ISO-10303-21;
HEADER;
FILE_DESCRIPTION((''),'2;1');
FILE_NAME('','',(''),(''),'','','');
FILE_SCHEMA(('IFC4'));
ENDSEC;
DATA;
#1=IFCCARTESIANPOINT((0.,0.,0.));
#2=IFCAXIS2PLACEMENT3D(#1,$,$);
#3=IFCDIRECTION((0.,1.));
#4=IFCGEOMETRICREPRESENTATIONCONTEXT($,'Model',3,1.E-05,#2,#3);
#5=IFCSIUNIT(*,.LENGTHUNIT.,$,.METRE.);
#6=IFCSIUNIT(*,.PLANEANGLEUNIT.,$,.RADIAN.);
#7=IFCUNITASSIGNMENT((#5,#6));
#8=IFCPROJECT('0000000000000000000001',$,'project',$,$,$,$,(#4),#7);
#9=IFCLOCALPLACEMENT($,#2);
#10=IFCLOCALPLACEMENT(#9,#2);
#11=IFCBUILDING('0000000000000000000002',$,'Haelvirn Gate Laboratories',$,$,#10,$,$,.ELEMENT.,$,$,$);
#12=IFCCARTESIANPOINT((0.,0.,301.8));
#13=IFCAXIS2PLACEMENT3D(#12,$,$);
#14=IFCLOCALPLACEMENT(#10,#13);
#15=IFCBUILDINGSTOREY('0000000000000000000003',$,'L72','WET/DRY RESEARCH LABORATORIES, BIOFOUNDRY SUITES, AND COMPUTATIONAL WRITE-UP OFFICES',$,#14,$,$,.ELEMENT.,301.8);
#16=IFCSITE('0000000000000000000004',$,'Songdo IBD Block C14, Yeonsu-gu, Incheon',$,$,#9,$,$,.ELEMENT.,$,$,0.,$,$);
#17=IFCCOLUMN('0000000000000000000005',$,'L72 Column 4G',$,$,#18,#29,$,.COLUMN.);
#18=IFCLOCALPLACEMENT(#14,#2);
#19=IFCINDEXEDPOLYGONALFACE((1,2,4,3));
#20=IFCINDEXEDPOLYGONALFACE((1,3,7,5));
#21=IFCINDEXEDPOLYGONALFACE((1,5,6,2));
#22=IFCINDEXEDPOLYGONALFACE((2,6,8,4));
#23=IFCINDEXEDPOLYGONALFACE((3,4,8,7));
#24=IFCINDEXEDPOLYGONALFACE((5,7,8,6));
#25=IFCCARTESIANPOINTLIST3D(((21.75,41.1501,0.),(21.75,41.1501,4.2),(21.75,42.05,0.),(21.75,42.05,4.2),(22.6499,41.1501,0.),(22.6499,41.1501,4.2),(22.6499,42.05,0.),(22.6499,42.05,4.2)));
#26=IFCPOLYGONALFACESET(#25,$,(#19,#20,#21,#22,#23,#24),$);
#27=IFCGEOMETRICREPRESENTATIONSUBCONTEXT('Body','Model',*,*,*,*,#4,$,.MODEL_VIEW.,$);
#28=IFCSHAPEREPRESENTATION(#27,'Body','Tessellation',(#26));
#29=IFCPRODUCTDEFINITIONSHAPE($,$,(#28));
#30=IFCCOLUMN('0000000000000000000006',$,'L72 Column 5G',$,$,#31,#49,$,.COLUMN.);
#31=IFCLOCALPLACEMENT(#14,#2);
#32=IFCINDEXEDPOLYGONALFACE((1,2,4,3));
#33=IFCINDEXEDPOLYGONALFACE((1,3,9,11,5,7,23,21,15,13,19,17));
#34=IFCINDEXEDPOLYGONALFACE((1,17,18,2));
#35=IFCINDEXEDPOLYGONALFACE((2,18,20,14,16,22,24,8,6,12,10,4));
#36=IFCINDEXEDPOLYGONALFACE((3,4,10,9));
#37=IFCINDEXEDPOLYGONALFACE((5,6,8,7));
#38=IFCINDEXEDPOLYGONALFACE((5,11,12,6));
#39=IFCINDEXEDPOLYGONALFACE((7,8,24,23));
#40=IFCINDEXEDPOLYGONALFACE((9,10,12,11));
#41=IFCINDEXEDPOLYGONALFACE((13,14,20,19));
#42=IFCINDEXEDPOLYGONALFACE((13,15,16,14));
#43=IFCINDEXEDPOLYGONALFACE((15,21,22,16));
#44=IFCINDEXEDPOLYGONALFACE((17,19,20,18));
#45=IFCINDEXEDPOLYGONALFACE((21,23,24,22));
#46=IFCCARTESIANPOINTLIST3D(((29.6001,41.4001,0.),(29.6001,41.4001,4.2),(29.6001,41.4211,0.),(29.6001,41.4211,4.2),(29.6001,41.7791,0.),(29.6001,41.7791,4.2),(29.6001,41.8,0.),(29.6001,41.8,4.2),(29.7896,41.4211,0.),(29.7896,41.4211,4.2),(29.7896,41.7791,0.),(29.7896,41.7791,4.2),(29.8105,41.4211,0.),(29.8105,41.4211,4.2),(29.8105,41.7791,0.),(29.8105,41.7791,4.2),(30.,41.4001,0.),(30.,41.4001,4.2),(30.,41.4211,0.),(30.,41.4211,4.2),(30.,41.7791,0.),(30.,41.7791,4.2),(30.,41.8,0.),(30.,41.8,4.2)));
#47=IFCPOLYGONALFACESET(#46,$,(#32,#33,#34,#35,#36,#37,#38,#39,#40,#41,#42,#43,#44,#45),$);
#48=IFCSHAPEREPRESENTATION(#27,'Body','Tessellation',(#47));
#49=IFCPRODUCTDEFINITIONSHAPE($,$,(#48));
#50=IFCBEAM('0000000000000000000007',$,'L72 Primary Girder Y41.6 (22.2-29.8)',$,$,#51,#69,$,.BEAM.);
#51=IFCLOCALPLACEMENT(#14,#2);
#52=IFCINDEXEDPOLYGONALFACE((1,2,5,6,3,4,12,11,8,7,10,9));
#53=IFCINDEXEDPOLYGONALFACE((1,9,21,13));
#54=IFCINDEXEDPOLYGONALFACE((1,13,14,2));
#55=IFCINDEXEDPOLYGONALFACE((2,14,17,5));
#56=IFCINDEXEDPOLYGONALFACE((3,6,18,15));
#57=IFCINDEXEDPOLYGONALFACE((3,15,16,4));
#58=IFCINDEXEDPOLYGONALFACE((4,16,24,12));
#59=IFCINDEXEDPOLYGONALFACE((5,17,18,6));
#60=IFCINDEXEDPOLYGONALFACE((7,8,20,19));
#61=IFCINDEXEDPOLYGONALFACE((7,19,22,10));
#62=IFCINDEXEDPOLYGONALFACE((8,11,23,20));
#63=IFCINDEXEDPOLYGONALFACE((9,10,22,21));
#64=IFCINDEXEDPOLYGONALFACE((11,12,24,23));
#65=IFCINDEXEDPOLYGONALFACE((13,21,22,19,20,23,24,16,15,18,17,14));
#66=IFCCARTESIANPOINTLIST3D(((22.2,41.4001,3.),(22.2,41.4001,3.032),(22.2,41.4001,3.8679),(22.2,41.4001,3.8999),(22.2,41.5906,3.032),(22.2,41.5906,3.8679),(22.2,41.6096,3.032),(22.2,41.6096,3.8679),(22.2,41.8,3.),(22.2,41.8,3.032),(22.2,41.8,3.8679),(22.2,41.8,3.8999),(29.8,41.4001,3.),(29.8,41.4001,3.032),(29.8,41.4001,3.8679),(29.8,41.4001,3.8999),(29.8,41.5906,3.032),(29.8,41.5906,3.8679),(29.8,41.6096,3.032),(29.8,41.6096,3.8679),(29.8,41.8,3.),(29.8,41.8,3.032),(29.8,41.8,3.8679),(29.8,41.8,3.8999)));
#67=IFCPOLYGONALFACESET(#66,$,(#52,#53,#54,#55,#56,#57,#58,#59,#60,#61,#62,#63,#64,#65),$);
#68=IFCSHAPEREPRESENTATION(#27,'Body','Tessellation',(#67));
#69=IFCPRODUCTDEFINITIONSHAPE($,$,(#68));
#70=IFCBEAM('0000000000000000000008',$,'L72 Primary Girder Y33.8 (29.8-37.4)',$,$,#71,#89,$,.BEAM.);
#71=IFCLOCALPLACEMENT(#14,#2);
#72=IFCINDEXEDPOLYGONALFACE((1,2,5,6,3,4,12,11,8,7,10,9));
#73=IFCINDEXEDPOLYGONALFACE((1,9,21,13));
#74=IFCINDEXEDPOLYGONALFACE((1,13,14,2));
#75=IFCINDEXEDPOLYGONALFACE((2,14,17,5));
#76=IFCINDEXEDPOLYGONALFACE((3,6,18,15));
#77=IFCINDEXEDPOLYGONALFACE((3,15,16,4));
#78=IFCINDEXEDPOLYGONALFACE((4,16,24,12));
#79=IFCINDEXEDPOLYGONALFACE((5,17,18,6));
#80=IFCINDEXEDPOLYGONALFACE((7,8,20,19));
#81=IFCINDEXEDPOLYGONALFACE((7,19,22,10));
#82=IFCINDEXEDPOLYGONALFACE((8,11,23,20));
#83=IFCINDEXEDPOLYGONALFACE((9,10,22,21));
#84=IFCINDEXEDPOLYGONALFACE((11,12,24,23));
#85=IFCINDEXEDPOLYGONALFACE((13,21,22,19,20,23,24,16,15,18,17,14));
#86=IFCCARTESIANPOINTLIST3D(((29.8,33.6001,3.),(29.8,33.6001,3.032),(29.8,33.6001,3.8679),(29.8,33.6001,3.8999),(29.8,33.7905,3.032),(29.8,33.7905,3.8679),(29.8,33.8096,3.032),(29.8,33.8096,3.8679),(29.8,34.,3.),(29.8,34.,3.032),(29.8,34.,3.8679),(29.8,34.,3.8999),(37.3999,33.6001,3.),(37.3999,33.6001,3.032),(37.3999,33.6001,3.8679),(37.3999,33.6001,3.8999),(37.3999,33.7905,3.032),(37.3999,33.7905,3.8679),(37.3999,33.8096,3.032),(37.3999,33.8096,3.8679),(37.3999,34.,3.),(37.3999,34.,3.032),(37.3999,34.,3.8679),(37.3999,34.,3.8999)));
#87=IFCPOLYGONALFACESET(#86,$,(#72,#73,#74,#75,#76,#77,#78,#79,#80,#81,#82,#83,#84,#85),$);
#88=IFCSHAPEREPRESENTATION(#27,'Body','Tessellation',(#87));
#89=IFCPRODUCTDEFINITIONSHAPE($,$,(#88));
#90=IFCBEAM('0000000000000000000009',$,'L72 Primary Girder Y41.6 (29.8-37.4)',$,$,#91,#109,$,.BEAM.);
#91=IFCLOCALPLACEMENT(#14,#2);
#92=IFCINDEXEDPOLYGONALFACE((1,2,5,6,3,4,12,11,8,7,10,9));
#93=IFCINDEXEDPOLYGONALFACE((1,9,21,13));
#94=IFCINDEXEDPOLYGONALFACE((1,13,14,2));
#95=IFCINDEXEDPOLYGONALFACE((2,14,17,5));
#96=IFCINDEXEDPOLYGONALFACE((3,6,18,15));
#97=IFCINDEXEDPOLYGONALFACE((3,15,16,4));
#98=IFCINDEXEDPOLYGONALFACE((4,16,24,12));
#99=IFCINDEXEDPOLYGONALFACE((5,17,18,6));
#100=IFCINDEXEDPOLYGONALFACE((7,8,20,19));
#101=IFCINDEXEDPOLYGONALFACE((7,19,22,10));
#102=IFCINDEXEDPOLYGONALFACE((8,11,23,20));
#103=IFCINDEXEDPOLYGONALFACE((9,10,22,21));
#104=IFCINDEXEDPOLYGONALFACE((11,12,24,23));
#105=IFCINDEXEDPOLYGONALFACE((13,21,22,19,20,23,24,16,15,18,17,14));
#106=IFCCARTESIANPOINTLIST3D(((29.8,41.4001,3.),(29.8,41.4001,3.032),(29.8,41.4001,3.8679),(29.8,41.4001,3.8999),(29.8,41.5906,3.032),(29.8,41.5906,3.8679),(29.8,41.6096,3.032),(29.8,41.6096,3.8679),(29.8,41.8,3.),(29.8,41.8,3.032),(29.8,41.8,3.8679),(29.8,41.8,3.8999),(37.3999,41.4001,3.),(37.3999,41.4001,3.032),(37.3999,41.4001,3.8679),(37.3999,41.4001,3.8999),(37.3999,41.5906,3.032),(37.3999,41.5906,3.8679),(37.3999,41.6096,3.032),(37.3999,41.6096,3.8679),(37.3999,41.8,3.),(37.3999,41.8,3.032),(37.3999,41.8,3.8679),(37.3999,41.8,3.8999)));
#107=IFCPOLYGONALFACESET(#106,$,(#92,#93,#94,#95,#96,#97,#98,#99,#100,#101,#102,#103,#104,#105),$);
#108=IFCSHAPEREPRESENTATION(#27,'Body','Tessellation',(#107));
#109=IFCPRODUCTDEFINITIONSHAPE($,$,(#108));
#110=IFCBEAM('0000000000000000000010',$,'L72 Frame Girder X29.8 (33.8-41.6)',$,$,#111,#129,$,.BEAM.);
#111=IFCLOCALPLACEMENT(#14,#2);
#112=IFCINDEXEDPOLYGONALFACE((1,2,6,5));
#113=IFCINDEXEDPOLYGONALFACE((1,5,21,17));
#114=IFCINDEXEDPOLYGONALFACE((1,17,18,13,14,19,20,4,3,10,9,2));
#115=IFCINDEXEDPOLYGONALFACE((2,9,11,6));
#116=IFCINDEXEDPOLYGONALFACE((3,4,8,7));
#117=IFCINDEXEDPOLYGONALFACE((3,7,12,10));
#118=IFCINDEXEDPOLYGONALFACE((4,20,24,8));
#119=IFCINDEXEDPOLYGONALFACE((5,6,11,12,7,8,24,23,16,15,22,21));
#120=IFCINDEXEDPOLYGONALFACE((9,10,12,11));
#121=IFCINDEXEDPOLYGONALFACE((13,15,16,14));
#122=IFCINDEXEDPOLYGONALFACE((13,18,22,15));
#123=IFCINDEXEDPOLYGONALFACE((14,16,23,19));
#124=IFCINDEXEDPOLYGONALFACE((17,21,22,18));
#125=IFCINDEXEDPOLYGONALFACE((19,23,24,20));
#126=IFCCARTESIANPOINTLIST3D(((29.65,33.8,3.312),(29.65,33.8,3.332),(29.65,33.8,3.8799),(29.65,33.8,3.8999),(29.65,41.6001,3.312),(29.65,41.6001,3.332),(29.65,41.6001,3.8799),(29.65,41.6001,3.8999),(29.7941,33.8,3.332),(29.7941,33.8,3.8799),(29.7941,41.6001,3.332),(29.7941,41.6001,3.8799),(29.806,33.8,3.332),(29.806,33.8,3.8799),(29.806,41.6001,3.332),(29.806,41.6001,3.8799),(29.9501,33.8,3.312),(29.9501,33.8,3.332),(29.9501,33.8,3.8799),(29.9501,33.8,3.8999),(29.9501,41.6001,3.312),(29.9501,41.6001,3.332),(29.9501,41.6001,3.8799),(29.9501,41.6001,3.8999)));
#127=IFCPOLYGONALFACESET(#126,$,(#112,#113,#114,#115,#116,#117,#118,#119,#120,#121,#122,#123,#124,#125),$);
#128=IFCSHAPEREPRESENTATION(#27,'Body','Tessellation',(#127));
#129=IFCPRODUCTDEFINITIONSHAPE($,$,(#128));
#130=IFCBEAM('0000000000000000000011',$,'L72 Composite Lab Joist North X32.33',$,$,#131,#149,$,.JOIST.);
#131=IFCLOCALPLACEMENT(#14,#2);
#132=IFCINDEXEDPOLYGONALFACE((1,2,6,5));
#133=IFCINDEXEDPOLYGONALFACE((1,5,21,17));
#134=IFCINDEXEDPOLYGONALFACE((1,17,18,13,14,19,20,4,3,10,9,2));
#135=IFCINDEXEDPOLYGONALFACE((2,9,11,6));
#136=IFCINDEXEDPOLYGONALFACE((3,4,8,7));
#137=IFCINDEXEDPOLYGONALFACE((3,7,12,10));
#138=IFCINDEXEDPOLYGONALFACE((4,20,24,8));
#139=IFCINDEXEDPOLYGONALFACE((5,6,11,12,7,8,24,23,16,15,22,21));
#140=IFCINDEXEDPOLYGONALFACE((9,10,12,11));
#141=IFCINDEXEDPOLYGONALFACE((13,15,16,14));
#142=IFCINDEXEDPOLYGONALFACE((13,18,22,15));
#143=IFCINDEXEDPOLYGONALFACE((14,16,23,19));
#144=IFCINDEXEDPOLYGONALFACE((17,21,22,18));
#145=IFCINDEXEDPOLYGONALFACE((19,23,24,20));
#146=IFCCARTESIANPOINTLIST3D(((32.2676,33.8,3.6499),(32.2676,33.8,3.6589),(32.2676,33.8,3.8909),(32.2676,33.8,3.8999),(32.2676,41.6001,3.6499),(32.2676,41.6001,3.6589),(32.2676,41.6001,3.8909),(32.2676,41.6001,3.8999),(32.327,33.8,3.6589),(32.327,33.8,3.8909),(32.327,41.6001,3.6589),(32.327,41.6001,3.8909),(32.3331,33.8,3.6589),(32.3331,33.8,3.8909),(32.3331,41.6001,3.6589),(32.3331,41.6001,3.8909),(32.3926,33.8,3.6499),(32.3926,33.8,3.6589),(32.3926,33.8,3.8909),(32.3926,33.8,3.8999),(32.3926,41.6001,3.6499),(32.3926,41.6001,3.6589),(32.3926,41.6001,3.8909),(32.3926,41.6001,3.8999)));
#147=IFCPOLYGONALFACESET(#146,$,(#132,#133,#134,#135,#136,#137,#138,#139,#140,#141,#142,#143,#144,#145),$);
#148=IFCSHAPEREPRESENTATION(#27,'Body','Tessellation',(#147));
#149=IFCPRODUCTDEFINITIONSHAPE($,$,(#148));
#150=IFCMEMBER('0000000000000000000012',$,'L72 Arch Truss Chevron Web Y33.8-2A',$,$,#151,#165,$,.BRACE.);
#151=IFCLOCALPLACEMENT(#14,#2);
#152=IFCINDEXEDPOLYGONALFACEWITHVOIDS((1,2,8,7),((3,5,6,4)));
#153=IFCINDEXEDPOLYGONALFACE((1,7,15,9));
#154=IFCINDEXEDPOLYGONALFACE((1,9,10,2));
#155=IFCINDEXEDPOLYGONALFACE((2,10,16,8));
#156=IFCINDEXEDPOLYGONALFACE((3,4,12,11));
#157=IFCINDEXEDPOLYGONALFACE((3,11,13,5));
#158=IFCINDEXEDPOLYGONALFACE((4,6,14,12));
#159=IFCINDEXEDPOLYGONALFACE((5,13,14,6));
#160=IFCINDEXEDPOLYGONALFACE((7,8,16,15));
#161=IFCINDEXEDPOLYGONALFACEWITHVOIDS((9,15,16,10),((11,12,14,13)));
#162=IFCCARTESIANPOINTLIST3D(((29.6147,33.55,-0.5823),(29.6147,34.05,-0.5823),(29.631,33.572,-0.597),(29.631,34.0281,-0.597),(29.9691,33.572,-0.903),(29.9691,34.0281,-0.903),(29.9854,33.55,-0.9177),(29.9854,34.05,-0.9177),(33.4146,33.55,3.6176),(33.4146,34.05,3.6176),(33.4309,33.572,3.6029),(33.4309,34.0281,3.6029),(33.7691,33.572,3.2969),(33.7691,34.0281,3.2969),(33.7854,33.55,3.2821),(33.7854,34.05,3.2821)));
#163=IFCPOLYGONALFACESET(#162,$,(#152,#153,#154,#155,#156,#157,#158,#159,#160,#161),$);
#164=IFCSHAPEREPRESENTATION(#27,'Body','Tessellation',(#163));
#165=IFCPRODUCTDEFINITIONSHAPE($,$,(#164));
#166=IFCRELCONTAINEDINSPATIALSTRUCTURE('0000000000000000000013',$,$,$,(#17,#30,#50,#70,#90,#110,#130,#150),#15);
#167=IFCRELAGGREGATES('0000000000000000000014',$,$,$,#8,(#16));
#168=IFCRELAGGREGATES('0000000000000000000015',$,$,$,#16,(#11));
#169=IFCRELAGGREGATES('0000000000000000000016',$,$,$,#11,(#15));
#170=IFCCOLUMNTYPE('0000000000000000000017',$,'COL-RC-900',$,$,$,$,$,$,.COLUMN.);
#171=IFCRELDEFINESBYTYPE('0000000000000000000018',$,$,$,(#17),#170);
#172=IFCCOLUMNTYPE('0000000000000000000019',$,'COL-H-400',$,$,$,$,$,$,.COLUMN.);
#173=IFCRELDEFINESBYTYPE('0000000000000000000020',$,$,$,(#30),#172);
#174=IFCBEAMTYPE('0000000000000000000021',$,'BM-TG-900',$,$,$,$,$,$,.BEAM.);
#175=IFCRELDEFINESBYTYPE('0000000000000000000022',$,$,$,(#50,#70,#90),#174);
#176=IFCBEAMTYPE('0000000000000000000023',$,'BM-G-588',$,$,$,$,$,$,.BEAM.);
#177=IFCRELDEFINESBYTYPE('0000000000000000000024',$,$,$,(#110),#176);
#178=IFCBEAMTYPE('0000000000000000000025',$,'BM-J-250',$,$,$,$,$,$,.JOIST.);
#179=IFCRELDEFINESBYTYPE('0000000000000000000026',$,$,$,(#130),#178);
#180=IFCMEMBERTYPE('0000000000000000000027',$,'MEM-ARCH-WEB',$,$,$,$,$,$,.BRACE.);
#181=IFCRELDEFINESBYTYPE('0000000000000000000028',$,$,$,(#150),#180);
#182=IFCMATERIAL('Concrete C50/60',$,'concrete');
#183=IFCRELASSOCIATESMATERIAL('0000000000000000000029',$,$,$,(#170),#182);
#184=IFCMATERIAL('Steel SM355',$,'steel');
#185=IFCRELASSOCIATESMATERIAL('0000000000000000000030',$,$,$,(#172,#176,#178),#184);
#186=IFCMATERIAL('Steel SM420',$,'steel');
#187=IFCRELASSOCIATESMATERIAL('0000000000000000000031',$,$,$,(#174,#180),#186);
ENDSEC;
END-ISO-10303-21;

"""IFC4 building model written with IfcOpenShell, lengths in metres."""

from ifc_helpers import new_model, si_unit, direction, frame, origin, origin_2d, place, context, subcontext, project, spatial, rectangle, hollow_rectangle, i_section, extrude, source, transform, mapped, material, material_profile, profile_set, type_object, type_shapes, element, save


model = new_model("IFC4")

# Units and contexts
model_context = context("Model", 3, precision=1e-05, world=origin(), true_north=direction((0.0, 1.0)))
body_context = subcontext(model_context, "Body", "Model", "MODEL_VIEW")
ifc_project = project(units=[si_unit("LENGTHUNIT", "METRE"), si_unit("PLANEANGLEUNIT", "RADIAN")], contexts=[model_context])

# Site, building, storey
site_placement = place(None, origin())
site = spatial("IfcSite", under=ifc_project, at=site_placement, Name="Songdo IBD Block C14, Yeonsu-gu, Incheon", CompositionType="ELEMENT", RefElevation=0.0)
building_placement = place(site_placement, origin())
building = spatial("IfcBuilding", under=site, at=building_placement, Name="Haelvirn Gate Laboratories", CompositionType="ELEMENT")
storey_placement = place(building_placement, frame((0.0, 0.0, 301.8)))
storey = spatial("IfcBuildingStorey", under=building, at=storey_placement, Name="L72", Description="WET/DRY RESEARCH LABORATORIES, BIOFOUNDRY SUITES, AND COMPUTATIONAL WRITE-UP OFFICES", CompositionType="ELEMENT", Elevation=301.8)

# Columns
ifc_material_1 = material(Name="Concrete C50/60", Category="concrete")
ifc_material_profile_1 = material_profile(ifc_material_1, rectangle(XDim=0.8999, YDim=0.8999, at=origin_2d()), Name="RC-900x900")
ifc_profile_set_1 = profile_set([ifc_material_profile_1], Name="Concrete C50/60")
column_type_1 = type_object("IfcColumnType", Name="COL-RC-900", PredefinedType="COLUMN", material=ifc_profile_set_1)
shared_shape_1 = source(origin(), body_context, "Body", "SweptSolid", [
    extrude(rectangle(XDim=0.8999, YDim=0.8999, at=origin_2d()), origin(), (0.0, 0.0, 1.0), 4.2),
])
type_shapes(column_type_1, [shared_shape_1])
column_1_placement = place(storey_placement, frame((22.2, 41.6001, 0.0), z_axis=(0.0, 0.0, 1.0), x_axis=(1.0, 0.0, 0.0)))
element("IfcColumn", 1, at=column_1_placement, inside=storey, type_object=column_type_1, Name="L72 Column 4G", PredefinedType="COLUMN", context=body_context, shape_type="MappedRepresentation", body=[
    mapped(shared_shape_1, transform((0.0, 0.0, 0.0), scale=1.0)),
])
ifc_material_2 = material(Name="Steel SM355", Category="steel")
ifc_material_profile_2 = material_profile(ifc_material_2, i_section(OverallWidth=0.3999, OverallDepth=0.3999, WebThickness=0.021, FlangeThickness=0.021, at=origin_2d()), Name="H-400x400x21x21")
ifc_profile_set_2 = profile_set([ifc_material_profile_2], Name="Steel SM355")
column_type_2 = type_object("IfcColumnType", Name="COL-H-400", PredefinedType="COLUMN", material=ifc_profile_set_2)
shared_shape_2 = source(origin(), body_context, "Body", "SweptSolid", [
    extrude(i_section(OverallWidth=0.3999, OverallDepth=0.3999, WebThickness=0.021, FlangeThickness=0.021, at=origin_2d()), origin(), (0.0, 0.0, 1.0), 4.2),
])
type_shapes(column_type_2, [shared_shape_2])
column_2_placement = place(storey_placement, frame((29.8, 41.6001, 0.0), z_axis=(0.0, 0.0, 1.0), x_axis=(1.0, 0.0, 0.0)))
element("IfcColumn", 2, at=column_2_placement, inside=storey, type_object=column_type_2, Name="L72 Column 5G", PredefinedType="COLUMN", context=body_context, shape_type="MappedRepresentation", body=[
    mapped(shared_shape_2, transform((0.0, 0.0, 0.0), scale=1.0)),
])

# Beams
ifc_material_3 = material(Name="Steel SM420", Category="steel")
ifc_material_profile_3 = material_profile(ifc_material_3, i_section(OverallWidth=0.3999, OverallDepth=0.8999, WebThickness=0.019, FlangeThickness=0.032, at=origin_2d()), Name="H-900x400x19x32")
ifc_profile_set_3 = profile_set([ifc_material_profile_3], Name="Steel SM420")
beam_type_1 = type_object("IfcBeamType", Name="BM-TG-900", PredefinedType="BEAM", material=ifc_profile_set_3)
shared_shape_3 = source(origin(), body_context, "Body", "SweptSolid", [
    extrude(i_section(OverallWidth=0.3999, OverallDepth=0.8999, WebThickness=0.019, FlangeThickness=0.032, at=origin_2d()), origin(), (0.0, 0.0, 1.0), 7.6001),
])
beam_1_placement = place(storey_placement, frame((22.2, 41.6001, 3.45), z_axis=(1.0, 0.0, 0.0), x_axis=(0.0, 1.0, 0.0)))
element("IfcBeam", 3, at=beam_1_placement, inside=storey, type_object=beam_type_1, Name="L72 Primary Girder Y41.6 (22.2-29.8)", PredefinedType="BEAM", context=body_context, shape_type="MappedRepresentation", body=[
    mapped(shared_shape_3, transform((0.0, 0.0, 0.0), scale=1.0)),
])
shared_shape_4 = source(origin(), body_context, "Body", "SweptSolid", [
    extrude(i_section(OverallWidth=0.3999, OverallDepth=0.8999, WebThickness=0.019, FlangeThickness=0.032, at=origin_2d()), origin(), (0.0, 0.0, 1.0), 7.5999),
])
type_shapes(beam_type_1, [shared_shape_3, shared_shape_4])
for number, where, z_axis, x_axis, name in (
    (4, (29.8, 33.8, 3.45), (1.0, 0.0, 0.0), (0.0, 1.0, 0.0), "L72 Primary Girder Y33.8 (29.8-37.4)"),
    (5, (29.8, 41.6001, 3.45), (1.0, 0.0, 0.0), (0.0, 1.0, 0.0), "L72 Primary Girder Y41.6 (29.8-37.4)"),
):
    element("IfcBeam", number, at=place(storey_placement, frame(where, z_axis=z_axis, x_axis=x_axis)), inside=storey, type_object=beam_type_1, Name=name, PredefinedType="BEAM", context=body_context, shape_type="MappedRepresentation", body=[
        mapped(shared_shape_4, transform((0.0, 0.0, 0.0), scale=1.0)),
    ])
ifc_material_profile_4 = material_profile(ifc_material_2, i_section(OverallWidth=0.3, OverallDepth=0.5879, WebThickness=0.012, FlangeThickness=0.02, at=origin_2d()), Name="H-588x300x12x20")
ifc_profile_set_4 = profile_set([ifc_material_profile_4], Name="Steel SM355")
beam_type_2 = type_object("IfcBeamType", Name="BM-G-588", PredefinedType="BEAM", material=ifc_profile_set_4)
shared_shape_5 = source(origin(), body_context, "Body", "SweptSolid", [
    extrude(i_section(OverallWidth=0.3, OverallDepth=0.5879, WebThickness=0.012, FlangeThickness=0.02, at=origin_2d()), origin(), (0.0, 0.0, 1.0), 7.8),
])
type_shapes(beam_type_2, [shared_shape_5])
beam_2_placement = place(storey_placement, frame((29.8, 33.8, 3.606), z_axis=(0.0, 1.0, 0.0), x_axis=(-1.0, 0.0, 0.0)))
element("IfcBeam", 6, at=beam_2_placement, inside=storey, type_object=beam_type_2, Name="L72 Frame Girder X29.8 (33.8-41.6)", PredefinedType="BEAM", context=body_context, shape_type="MappedRepresentation", body=[
    mapped(shared_shape_5, transform((0.0, 0.0, 0.0), scale=1.0)),
])
ifc_material_profile_5 = material_profile(ifc_material_2, i_section(OverallWidth=0.125, OverallDepth=0.25, WebThickness=0.0061, FlangeThickness=0.009, at=origin_2d()), Name="H-250x125x6x9")
ifc_profile_set_5 = profile_set([ifc_material_profile_5], Name="Steel SM355")
beam_type_3 = type_object("IfcBeamType", Name="BM-J-250", PredefinedType="JOIST", material=ifc_profile_set_5)
shared_shape_6 = source(origin(), body_context, "Body", "SweptSolid", [
    extrude(i_section(OverallWidth=0.125, OverallDepth=0.25, WebThickness=0.0061, FlangeThickness=0.009, at=origin_2d()), origin(), (0.0, 0.0, 1.0), 7.8),
])
type_shapes(beam_type_3, [shared_shape_6])
beam_3_placement = place(storey_placement, frame((32.3301, 33.8, 3.7749), z_axis=(0.0, 1.0, 0.0), x_axis=(-1.0, 0.0, 0.0)))
element("IfcBeam", 7, at=beam_3_placement, inside=storey, type_object=beam_type_3, Name="L72 Composite Lab Joist North X32.33", PredefinedType="JOIST", context=body_context, shape_type="MappedRepresentation", body=[
    mapped(shared_shape_6, transform((0.0, 0.0, 0.0), scale=1.0)),
])

# Member
ifc_material_profile_6 = material_profile(ifc_material_3, hollow_rectangle(XDim=0.5, YDim=0.5, WallThickness=0.022, at=origin_2d()), Name="BOX-500x500x22")
ifc_profile_set_6 = profile_set([ifc_material_profile_6], Name="Steel SM420")
member_type_1 = type_object("IfcMemberType", Name="MEM-ARCH-WEB", PredefinedType="BRACE", material=ifc_profile_set_6)
shared_shape_7 = source(origin(), body_context, "Body", "SweptSolid", [
    extrude(hollow_rectangle(XDim=0.5, YDim=0.5, WallThickness=0.022, at=origin_2d()), origin(), (0.0, 0.0, 1.0), 5.6638),
])
type_shapes(member_type_1, [shared_shape_7])
member_1_placement = place(storey_placement, frame((29.8, 33.8, -0.75), z_axis=(0.670922, 0.0, 0.741528), x_axis=(0.0, 1.0, 0.0)))
element("IfcMember", 8, at=member_1_placement, inside=storey, type_object=member_type_1, Name="L72 Arch Truss Chevron Web Y33.8-2A", PredefinedType="BRACE", context=body_context, shape_type="MappedRepresentation", body=[
    mapped(shared_shape_7, transform((0.0, 0.0, 0.0), scale=1.0)),
])

save(model, "model.ifc")
